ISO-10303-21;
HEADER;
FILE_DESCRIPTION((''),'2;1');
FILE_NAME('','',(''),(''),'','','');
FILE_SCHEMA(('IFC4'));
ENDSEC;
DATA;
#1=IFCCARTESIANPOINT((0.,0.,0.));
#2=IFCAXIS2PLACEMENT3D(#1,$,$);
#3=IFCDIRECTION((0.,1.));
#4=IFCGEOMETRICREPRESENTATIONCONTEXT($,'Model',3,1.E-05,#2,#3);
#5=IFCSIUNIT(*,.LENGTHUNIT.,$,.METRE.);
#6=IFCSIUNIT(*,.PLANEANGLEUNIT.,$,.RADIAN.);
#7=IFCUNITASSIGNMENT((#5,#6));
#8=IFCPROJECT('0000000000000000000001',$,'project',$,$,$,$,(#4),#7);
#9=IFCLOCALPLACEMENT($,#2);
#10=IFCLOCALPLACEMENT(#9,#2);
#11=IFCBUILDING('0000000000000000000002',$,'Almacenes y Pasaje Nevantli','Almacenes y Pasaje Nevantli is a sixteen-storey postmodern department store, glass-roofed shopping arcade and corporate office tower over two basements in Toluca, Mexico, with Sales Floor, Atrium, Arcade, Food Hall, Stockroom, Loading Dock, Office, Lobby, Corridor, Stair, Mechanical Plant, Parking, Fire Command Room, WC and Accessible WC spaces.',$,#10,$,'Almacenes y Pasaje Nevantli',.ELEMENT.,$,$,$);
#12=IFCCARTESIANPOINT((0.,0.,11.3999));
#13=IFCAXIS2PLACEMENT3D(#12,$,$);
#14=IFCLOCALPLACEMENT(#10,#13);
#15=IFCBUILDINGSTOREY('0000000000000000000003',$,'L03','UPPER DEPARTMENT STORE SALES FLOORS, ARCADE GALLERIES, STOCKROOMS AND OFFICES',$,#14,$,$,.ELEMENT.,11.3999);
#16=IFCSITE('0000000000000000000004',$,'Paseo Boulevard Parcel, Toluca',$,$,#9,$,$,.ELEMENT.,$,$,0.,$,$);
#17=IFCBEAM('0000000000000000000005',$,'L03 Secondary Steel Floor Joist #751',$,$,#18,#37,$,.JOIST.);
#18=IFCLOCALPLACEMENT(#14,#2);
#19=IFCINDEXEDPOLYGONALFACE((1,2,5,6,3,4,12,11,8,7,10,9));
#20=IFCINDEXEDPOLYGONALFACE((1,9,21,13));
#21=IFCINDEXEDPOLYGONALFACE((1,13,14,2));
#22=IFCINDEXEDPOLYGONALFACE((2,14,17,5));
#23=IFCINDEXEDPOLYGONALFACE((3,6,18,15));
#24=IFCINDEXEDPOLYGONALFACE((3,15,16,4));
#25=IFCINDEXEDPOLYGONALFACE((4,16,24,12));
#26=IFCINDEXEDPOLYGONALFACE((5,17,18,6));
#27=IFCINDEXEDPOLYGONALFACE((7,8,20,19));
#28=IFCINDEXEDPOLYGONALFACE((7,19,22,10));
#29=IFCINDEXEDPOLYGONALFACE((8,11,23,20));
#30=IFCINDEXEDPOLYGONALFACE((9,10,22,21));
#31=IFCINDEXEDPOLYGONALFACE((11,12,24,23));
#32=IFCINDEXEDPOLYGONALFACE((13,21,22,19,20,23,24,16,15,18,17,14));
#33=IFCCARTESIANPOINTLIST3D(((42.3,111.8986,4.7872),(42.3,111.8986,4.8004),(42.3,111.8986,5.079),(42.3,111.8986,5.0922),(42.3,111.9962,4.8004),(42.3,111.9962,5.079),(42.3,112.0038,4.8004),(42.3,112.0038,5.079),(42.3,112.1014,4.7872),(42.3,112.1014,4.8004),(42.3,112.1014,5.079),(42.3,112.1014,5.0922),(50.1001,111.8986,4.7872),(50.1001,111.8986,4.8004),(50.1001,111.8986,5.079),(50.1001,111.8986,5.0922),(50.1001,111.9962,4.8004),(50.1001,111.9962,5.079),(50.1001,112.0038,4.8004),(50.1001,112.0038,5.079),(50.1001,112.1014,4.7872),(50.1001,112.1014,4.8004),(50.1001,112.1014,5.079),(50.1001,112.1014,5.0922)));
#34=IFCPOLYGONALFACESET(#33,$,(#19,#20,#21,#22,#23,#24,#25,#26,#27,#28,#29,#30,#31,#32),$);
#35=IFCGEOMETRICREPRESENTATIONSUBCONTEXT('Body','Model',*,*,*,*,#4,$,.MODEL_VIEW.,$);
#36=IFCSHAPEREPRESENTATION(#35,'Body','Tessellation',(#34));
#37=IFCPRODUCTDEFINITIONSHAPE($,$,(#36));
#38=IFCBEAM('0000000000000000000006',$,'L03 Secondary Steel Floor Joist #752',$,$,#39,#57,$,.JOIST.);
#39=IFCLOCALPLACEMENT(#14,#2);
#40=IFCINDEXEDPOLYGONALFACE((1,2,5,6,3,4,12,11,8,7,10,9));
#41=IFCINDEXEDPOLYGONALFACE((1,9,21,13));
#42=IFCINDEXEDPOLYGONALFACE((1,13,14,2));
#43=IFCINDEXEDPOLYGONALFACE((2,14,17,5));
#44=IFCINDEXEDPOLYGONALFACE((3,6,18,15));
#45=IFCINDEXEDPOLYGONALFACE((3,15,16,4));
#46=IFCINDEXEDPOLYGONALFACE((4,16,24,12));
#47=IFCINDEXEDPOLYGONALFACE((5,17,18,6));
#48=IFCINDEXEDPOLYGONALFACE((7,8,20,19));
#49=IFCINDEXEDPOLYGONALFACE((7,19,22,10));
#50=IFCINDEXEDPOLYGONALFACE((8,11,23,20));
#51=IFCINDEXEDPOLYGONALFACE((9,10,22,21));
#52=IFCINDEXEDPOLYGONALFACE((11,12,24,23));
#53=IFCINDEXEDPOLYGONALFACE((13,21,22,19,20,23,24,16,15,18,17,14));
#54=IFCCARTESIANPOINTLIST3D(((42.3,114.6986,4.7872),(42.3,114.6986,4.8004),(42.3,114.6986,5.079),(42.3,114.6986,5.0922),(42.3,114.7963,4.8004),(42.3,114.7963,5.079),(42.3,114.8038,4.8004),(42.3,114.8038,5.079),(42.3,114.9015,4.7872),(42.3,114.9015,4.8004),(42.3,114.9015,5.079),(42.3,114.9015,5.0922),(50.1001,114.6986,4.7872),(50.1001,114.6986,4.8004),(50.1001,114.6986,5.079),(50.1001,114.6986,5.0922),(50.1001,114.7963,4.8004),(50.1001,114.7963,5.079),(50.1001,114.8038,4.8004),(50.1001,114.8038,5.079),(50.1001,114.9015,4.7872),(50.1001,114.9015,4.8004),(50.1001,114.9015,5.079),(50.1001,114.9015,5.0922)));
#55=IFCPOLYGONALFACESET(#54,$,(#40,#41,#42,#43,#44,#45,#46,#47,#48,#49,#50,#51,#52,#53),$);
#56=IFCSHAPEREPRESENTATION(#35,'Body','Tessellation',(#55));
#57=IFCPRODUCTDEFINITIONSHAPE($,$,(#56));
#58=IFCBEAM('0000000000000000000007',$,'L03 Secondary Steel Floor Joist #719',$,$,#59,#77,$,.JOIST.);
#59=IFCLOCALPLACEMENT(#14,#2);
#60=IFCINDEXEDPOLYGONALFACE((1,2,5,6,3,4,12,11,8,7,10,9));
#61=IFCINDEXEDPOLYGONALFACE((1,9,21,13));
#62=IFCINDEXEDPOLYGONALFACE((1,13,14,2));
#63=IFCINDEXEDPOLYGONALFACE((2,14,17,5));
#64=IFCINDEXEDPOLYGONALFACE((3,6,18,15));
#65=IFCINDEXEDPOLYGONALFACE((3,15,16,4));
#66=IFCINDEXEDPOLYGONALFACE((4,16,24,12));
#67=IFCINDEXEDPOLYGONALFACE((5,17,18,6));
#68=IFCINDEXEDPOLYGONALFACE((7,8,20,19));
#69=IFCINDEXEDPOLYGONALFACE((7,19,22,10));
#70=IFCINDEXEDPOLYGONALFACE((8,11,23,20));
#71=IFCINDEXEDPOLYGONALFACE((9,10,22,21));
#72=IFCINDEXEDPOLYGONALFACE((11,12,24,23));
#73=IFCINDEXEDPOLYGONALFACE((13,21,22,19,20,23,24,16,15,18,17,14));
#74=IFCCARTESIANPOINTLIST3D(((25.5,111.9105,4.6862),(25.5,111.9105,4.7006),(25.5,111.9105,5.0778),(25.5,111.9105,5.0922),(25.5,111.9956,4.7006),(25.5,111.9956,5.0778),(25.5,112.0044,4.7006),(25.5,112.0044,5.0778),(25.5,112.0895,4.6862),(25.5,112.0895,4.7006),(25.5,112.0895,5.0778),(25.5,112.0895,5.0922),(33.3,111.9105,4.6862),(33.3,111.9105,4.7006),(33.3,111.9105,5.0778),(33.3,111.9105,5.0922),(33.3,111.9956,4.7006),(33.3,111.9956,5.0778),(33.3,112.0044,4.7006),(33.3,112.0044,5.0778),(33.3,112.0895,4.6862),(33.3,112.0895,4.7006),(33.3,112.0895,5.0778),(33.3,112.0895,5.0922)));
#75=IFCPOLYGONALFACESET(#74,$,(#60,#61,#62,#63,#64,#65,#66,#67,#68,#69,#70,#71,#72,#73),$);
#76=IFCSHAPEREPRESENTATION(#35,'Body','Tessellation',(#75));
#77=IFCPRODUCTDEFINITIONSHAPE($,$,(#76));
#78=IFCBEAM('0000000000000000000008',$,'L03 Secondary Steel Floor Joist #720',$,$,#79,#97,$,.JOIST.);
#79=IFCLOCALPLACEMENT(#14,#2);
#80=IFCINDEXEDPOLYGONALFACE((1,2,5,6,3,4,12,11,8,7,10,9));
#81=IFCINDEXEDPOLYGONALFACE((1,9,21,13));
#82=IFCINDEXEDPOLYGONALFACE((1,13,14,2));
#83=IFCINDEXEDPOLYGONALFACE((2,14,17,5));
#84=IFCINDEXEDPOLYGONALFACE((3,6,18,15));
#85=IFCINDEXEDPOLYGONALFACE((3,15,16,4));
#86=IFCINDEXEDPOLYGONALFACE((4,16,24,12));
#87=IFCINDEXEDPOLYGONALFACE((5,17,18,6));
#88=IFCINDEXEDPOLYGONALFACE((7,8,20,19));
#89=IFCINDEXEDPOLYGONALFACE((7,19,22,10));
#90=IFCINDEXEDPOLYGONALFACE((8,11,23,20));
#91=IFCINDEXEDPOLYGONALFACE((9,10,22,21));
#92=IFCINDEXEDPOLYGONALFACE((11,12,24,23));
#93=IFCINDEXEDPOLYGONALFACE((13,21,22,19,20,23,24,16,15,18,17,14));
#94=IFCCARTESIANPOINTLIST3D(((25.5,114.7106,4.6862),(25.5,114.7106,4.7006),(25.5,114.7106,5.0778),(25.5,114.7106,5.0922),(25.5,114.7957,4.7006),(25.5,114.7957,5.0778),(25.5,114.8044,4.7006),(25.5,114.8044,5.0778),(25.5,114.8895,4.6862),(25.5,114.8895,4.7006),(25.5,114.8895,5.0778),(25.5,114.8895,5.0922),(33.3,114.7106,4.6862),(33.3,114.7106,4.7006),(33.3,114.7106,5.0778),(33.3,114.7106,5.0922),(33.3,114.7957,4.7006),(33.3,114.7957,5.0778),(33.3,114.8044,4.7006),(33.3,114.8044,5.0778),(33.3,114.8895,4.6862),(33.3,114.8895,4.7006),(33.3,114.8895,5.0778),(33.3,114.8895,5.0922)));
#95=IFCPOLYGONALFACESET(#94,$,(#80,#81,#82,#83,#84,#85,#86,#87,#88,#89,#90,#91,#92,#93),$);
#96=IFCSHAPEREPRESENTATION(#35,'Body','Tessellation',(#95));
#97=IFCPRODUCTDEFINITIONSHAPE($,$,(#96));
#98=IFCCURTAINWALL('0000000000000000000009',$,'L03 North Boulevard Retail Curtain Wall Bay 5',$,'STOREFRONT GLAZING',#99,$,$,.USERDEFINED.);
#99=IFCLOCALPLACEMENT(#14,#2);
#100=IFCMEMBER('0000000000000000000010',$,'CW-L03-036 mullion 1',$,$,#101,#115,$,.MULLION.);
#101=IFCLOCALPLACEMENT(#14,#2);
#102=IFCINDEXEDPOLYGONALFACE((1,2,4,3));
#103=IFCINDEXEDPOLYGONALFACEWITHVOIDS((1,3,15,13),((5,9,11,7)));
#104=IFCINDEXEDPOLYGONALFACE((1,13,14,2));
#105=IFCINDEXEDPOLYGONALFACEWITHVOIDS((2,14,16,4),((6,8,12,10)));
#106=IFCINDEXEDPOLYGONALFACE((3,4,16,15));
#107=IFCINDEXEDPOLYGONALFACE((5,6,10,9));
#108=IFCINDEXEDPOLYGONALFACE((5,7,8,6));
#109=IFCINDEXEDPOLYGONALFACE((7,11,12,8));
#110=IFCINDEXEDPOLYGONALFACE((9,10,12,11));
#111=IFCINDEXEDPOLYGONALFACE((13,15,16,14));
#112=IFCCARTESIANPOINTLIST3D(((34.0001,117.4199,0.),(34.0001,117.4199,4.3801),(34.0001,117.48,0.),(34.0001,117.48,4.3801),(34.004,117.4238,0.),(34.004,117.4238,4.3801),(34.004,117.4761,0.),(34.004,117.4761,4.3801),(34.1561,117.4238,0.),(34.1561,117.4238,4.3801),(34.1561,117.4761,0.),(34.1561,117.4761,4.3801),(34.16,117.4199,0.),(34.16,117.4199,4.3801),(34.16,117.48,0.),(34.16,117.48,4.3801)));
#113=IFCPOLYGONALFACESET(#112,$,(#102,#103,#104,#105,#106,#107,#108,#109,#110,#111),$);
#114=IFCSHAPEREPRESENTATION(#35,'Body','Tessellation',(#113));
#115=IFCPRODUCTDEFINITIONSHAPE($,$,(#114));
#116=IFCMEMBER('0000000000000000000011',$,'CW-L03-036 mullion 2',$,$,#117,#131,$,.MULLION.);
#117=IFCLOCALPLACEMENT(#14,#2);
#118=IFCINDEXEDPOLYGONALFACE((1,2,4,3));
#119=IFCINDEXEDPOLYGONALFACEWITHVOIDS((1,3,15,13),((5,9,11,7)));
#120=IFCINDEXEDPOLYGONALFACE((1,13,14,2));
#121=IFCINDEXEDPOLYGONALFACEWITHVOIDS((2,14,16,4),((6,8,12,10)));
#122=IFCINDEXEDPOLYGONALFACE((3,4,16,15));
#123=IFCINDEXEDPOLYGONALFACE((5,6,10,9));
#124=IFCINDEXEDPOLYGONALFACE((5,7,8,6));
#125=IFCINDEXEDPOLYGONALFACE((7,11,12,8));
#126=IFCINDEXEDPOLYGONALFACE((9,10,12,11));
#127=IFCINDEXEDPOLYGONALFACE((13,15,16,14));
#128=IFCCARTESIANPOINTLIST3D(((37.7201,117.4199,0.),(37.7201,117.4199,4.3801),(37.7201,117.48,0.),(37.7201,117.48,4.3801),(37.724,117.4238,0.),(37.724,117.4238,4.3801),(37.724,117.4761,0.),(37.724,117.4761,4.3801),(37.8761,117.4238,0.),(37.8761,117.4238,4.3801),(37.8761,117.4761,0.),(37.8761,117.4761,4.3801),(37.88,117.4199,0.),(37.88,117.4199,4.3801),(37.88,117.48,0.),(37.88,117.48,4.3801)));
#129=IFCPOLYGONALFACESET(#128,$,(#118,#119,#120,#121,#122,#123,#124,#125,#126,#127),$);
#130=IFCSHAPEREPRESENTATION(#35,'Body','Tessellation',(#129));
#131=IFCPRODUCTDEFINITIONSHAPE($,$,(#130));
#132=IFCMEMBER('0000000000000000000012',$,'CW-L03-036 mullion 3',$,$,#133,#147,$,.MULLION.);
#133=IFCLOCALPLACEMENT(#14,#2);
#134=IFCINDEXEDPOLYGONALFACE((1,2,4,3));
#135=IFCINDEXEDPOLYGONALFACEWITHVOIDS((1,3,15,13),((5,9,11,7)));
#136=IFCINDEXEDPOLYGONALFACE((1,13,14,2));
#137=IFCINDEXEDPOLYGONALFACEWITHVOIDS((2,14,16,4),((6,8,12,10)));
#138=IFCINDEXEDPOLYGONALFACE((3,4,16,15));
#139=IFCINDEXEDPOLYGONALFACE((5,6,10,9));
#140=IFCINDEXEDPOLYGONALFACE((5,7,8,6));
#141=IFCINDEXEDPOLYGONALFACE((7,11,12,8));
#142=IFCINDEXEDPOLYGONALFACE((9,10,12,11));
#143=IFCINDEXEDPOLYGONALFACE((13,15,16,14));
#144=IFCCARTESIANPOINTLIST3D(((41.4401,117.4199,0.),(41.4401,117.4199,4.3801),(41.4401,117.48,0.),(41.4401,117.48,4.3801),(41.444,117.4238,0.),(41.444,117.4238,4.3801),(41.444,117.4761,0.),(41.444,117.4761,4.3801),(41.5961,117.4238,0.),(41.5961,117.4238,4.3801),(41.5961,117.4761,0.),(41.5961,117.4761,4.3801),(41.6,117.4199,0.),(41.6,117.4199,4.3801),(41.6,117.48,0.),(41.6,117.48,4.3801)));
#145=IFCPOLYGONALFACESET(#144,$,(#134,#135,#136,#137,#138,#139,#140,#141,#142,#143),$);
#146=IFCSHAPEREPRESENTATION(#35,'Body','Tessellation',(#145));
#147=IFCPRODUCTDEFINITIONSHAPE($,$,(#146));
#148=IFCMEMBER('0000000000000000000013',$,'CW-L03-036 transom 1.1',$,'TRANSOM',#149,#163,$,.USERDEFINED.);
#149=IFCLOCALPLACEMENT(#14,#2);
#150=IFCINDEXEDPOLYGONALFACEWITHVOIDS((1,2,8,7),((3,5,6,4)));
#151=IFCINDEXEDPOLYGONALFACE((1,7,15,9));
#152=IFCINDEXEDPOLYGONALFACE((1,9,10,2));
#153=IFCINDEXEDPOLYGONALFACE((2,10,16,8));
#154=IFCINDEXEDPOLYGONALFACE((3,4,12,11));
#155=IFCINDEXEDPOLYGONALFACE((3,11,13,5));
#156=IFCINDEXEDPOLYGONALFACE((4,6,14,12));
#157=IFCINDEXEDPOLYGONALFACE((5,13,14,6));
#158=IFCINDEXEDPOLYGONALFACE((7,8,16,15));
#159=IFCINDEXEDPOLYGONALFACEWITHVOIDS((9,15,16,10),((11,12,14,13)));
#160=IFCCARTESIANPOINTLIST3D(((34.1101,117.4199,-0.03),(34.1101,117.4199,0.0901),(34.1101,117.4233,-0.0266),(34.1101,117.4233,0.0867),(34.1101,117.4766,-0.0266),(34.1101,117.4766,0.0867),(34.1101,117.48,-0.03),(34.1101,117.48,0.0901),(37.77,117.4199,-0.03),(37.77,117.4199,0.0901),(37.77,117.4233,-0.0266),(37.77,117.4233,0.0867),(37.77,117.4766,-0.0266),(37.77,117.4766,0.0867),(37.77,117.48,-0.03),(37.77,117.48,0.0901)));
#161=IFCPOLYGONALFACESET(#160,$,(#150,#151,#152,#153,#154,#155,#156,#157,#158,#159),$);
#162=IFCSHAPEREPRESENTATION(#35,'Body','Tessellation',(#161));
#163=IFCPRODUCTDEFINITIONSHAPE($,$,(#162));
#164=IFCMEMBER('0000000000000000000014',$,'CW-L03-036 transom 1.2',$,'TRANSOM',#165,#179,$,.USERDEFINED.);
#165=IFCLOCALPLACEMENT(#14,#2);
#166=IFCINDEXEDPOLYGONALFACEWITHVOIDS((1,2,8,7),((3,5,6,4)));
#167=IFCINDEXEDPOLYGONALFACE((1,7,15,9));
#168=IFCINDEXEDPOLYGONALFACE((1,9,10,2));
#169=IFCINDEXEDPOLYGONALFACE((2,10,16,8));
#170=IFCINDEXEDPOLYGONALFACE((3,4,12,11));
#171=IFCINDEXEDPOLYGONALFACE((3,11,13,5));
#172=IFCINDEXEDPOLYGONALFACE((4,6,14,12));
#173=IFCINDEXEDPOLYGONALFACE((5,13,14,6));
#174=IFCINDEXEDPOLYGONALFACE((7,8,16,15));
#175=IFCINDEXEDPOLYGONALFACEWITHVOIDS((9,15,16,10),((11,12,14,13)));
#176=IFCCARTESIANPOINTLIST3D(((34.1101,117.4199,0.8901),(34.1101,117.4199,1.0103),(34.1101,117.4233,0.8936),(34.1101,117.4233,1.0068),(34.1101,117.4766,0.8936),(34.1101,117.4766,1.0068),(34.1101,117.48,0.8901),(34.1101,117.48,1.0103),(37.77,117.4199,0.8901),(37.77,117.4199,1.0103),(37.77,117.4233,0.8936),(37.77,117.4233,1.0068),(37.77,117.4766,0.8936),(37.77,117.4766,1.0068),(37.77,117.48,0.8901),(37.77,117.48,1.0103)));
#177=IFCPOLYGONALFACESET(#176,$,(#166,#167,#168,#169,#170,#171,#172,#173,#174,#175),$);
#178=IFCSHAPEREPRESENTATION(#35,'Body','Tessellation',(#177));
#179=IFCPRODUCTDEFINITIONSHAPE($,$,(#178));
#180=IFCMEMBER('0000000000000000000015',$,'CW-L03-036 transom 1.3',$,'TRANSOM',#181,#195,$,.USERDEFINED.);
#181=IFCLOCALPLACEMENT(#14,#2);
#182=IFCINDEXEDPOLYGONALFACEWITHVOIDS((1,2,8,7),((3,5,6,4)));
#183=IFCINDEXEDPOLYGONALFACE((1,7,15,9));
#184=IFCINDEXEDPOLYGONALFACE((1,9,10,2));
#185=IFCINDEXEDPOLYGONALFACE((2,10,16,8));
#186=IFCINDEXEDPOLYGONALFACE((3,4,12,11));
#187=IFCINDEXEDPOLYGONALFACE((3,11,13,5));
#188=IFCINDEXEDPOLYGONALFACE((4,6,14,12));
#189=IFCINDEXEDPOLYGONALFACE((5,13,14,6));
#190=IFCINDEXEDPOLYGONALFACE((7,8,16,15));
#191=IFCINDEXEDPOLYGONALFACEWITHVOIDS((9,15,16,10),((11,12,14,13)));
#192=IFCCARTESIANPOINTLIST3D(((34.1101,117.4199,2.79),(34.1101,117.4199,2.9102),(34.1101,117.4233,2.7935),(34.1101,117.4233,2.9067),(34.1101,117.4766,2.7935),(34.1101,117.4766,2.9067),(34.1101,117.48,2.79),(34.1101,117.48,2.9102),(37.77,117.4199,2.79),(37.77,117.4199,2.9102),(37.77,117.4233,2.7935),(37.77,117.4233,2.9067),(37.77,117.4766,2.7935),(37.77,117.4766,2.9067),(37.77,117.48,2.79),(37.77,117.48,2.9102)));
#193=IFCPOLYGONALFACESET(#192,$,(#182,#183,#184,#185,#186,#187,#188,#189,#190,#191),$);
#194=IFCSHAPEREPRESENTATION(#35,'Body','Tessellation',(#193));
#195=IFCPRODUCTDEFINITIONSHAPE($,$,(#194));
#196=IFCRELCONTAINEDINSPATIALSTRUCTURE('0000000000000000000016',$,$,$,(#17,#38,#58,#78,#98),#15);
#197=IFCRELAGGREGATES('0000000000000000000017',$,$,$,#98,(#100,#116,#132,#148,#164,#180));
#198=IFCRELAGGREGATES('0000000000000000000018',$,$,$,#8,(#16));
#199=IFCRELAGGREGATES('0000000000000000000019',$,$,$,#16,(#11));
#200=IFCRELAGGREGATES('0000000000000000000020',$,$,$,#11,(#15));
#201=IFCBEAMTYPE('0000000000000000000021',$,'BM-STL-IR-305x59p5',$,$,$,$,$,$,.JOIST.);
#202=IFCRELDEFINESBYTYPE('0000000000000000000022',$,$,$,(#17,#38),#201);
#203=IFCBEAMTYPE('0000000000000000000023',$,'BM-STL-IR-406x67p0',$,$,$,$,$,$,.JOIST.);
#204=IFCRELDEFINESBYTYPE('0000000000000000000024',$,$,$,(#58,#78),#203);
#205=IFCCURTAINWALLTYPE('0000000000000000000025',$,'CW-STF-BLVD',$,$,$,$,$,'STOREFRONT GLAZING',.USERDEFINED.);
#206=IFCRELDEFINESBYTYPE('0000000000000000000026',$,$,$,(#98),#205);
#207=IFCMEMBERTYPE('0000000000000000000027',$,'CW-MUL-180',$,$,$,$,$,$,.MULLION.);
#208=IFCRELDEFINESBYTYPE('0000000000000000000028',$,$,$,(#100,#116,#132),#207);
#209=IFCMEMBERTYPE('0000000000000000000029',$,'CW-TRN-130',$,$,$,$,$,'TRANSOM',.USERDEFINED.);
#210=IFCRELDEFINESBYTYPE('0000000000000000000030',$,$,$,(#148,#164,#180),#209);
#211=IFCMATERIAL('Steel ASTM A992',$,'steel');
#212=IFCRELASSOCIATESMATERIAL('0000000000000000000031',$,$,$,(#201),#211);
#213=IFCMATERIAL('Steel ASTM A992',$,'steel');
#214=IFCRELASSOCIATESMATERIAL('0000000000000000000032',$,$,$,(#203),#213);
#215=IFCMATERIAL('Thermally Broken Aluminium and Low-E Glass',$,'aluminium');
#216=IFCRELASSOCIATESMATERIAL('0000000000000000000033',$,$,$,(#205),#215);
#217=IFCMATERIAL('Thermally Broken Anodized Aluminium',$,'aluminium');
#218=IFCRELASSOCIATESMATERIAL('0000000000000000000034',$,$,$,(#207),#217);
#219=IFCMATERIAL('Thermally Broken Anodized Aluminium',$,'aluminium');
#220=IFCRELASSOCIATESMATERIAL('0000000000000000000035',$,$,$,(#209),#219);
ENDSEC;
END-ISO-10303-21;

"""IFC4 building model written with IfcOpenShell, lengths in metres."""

from ifc_helpers import new_model, si_unit, direction, frame, origin, origin_2d, place, context, subcontext, project, spatial, hollow_rectangle, i_section, extrude, material, material_profile, profile_set, type_object, element, aggregate, save


model = new_model("IFC4")

# Units and contexts
model_context = context("Model", 3, precision=1e-05, world=origin(), true_north=direction((0.0, 1.0)))
body_context = subcontext(model_context, "Body", "Model", "MODEL_VIEW")
ifc_project = project(units=[si_unit("LENGTHUNIT", "METRE"), si_unit("PLANEANGLEUNIT", "RADIAN")], contexts=[model_context])

# Site, building, storey
site_placement = place(None, origin())
site = spatial("IfcSite", under=ifc_project, at=site_placement, Name="Paseo Boulevard Parcel, Toluca", CompositionType="ELEMENT", RefElevation=0.0)
building_placement = place(site_placement, origin())
building = spatial("IfcBuilding", under=site, at=building_placement, Name="Almacenes y Pasaje Nevantli", Description="Almacenes y Pasaje Nevantli is a sixteen-storey postmodern department store, glass-roofed shopping arcade and corporate office tower over two basements in Toluca, Mexico, with Sales Floor, Atrium, Arcade, Food Hall, Stockroom, Loading Dock, Office, Lobby, Corridor, Stair, Mechanical Plant, Parking, Fire Command Room, WC and Accessible WC spaces.", LongName="Almacenes y Pasaje Nevantli", CompositionType="ELEMENT")
storey_placement = place(building_placement, frame((0.0, 0.0, 11.3999)))
storey = spatial("IfcBuildingStorey", under=building, at=storey_placement, Name="L03", Description="UPPER DEPARTMENT STORE SALES FLOORS, ARCADE GALLERIES, STOCKROOMS AND OFFICES", CompositionType="ELEMENT", Elevation=11.3999)

# Beams
ifc_material_1 = material(Name="Steel ASTM A992", Category="steel")
ifc_material_profile_1 = material_profile(ifc_material_1, i_section(OverallWidth=0.2029, OverallDepth=0.3049, WebThickness=0.0076, FlangeThickness=0.0132, at=origin_2d()), Name="IR 305x59.5")
ifc_profile_set_1 = profile_set([ifc_material_profile_1], Name="Steel ASTM A992")
beam_type_1 = type_object("IfcBeamType", Name="BM-STL-IR-305x59p5", PredefinedType="JOIST", material=ifc_profile_set_1)
for number, where, z_axis, x_axis, name in (
    (1, (42.3, 112.0, 4.9397), (1.0, 0.0, 0.0), (0.0, 1.0, 0.0), "L03 Secondary Steel Floor Joist #751"),
    (2, (42.3, 114.8, 4.9397), (1.0, 0.0, 0.0), (0.0, 1.0, 0.0), "L03 Secondary Steel Floor Joist #752"),
):
    element("IfcBeam", number, at=place(storey_placement, frame(where, z_axis=z_axis, x_axis=x_axis)), inside=storey, type_object=beam_type_1, Name=name, PredefinedType="JOIST", context=body_context, shape_type="SweptSolid", body=[
        extrude(i_section(OverallWidth=0.2029, OverallDepth=0.3049, WebThickness=0.0076, FlangeThickness=0.0132, at=origin_2d()), origin(), (0.0, 0.0, 1.0), 7.8),
    ])
ifc_material_2 = material(Name="Steel ASTM A992", Category="steel")
ifc_material_profile_2 = material_profile(ifc_material_2, i_section(OverallWidth=0.179, OverallDepth=0.406, WebThickness=0.0088, FlangeThickness=0.0144, at=origin_2d()), Name="IR 406x67.0")
ifc_profile_set_2 = profile_set([ifc_material_profile_2], Name="Steel ASTM A992")
beam_type_2 = type_object("IfcBeamType", Name="BM-STL-IR-406x67p0", PredefinedType="JOIST", material=ifc_profile_set_2)
for number, where, z_axis, x_axis, name in (
    (3, (25.5, 112.0, 4.8892), (1.0, 0.0, 0.0), (0.0, 1.0, 0.0), "L03 Secondary Steel Floor Joist #719"),
    (4, (25.5, 114.8, 4.8892), (1.0, 0.0, 0.0), (0.0, 1.0, 0.0), "L03 Secondary Steel Floor Joist #720"),
):
    element("IfcBeam", number, at=place(storey_placement, frame(where, z_axis=z_axis, x_axis=x_axis)), inside=storey, type_object=beam_type_2, Name=name, PredefinedType="JOIST", context=body_context, shape_type="SweptSolid", body=[
        extrude(i_section(OverallWidth=0.179, OverallDepth=0.406, WebThickness=0.0088, FlangeThickness=0.0144, at=origin_2d()), origin(), (0.0, 0.0, 1.0), 7.8),
    ])

# Curtain wall, members
ifc_material_3 = material(Name="Thermally Broken Aluminium and Low-E Glass", Category="aluminium")
curtain_wall_type = type_object("IfcCurtainWallType", Name="CW-STF-BLVD", ElementType="STOREFRONT GLAZING", PredefinedType="USERDEFINED", material=ifc_material_3)
curtain_wall_placement = place(storey_placement, origin())
curtain_wall = element("IfcCurtainWall", 5, at=curtain_wall_placement, inside=storey, type_object=curtain_wall_type, Name="L03 North Boulevard Retail Curtain Wall Bay 5", ObjectType="STOREFRONT GLAZING", PredefinedType="USERDEFINED")
ifc_material_4 = material(Name="Thermally Broken Anodized Aluminium", Category="aluminium")
ifc_material_profile_3 = material_profile(ifc_material_4, hollow_rectangle(XDim=0.0601, YDim=0.1599, WallThickness=0.0039, at=origin_2d()), Name="ALU-MUL-60x160")
ifc_profile_set_3 = profile_set([ifc_material_profile_3], Name="Thermally Broken Anodized Aluminium")
member_type_1 = type_object("IfcMemberType", Name="CW-MUL-180", PredefinedType="MULLION", material=ifc_profile_set_3)
member_1_placement = place(storey_placement, frame((34.0801, 117.45, 0.0), z_axis=(0.0, 0.0, 1.0), x_axis=(0.0, 1.0, 0.0)))
member_1 = element("IfcMember", 6, at=member_1_placement, type_object=member_type_1, Name="CW-L03-036 mullion 1", PredefinedType="MULLION", context=body_context, shape_type="SweptSolid", body=[
    extrude(hollow_rectangle(XDim=0.0601, YDim=0.1599, WallThickness=0.0039, at=origin_2d()), origin(), (0.0, 0.0, 1.0), 4.3801),
])
member_2_placement = place(storey_placement, frame((37.8, 117.45, 0.0), z_axis=(0.0, 0.0, 1.0), x_axis=(0.0, 1.0, 0.0)))
member_2 = element("IfcMember", 7, at=member_2_placement, type_object=member_type_1, Name="CW-L03-036 mullion 2", PredefinedType="MULLION", context=body_context, shape_type="SweptSolid", body=[
    extrude(hollow_rectangle(XDim=0.0601, YDim=0.1599, WallThickness=0.0039, at=origin_2d()), origin(), (0.0, 0.0, 1.0), 4.3801),
])
member_3_placement = place(storey_placement, frame((41.52, 117.45, 0.0), z_axis=(0.0, 0.0, 1.0), x_axis=(0.0, 1.0, 0.0)))
member_3 = element("IfcMember", 8, at=member_3_placement, type_object=member_type_1, Name="CW-L03-036 mullion 3", PredefinedType="MULLION", context=body_context, shape_type="SweptSolid", body=[
    extrude(hollow_rectangle(XDim=0.0601, YDim=0.1599, WallThickness=0.0039, at=origin_2d()), origin(), (0.0, 0.0, 1.0), 4.3801),
])
ifc_material_5 = material(Name="Thermally Broken Anodized Aluminium", Category="aluminium")
ifc_material_profile_4 = material_profile(ifc_material_5, hollow_rectangle(XDim=0.0601, YDim=0.1201, WallThickness=0.0034, at=origin_2d()), Name="ALU-TRN-60x120")
ifc_profile_set_4 = profile_set([ifc_material_profile_4], Name="Thermally Broken Anodized Aluminium")
member_type_2 = type_object("IfcMemberType", Name="CW-TRN-130", ElementType="TRANSOM", PredefinedType="USERDEFINED", material=ifc_profile_set_4)
member_4_placement = place(storey_placement, frame((34.1101, 117.45, 0.03), z_axis=(1.0, 0.0, 0.0), x_axis=(0.0, 1.0, 0.0)))
member_4 = element("IfcMember", 9, at=member_4_placement, type_object=member_type_2, Name="CW-L03-036 transom 1.1", ObjectType="TRANSOM", PredefinedType="USERDEFINED", context=body_context, shape_type="SweptSolid", body=[
    extrude(hollow_rectangle(XDim=0.0601, YDim=0.1201, WallThickness=0.0034, at=origin_2d()), origin(), (0.0, 0.0, 1.0), 3.6599),
])
member_5_placement = place(storey_placement, frame((34.1101, 117.45, 0.9502), z_axis=(1.0, 0.0, 0.0), x_axis=(0.0, 1.0, 0.0)))
member_5 = element("IfcMember", 10, at=member_5_placement, type_object=member_type_2, Name="CW-L03-036 transom 1.2", ObjectType="TRANSOM", PredefinedType="USERDEFINED", context=body_context, shape_type="SweptSolid", body=[
    extrude(hollow_rectangle(XDim=0.0601, YDim=0.1201, WallThickness=0.0034, at=origin_2d()), origin(), (0.0, 0.0, 1.0), 3.6599),
])
member_6_placement = place(storey_placement, frame((34.1101, 117.45, 2.8501), z_axis=(1.0, 0.0, 0.0), x_axis=(0.0, 1.0, 0.0)))
member_6 = element("IfcMember", 11, at=member_6_placement, type_object=member_type_2, Name="CW-L03-036 transom 1.3", ObjectType="TRANSOM", PredefinedType="USERDEFINED", context=body_context, shape_type="SweptSolid", body=[
    extrude(hollow_rectangle(XDim=0.0601, YDim=0.1201, WallThickness=0.0034, at=origin_2d()), origin(), (0.0, 0.0, 1.0), 3.6599),
])
aggregate(curtain_wall, [member_1, member_2, member_3, member_4, member_5, member_6])

save(model, "model.ifc")
